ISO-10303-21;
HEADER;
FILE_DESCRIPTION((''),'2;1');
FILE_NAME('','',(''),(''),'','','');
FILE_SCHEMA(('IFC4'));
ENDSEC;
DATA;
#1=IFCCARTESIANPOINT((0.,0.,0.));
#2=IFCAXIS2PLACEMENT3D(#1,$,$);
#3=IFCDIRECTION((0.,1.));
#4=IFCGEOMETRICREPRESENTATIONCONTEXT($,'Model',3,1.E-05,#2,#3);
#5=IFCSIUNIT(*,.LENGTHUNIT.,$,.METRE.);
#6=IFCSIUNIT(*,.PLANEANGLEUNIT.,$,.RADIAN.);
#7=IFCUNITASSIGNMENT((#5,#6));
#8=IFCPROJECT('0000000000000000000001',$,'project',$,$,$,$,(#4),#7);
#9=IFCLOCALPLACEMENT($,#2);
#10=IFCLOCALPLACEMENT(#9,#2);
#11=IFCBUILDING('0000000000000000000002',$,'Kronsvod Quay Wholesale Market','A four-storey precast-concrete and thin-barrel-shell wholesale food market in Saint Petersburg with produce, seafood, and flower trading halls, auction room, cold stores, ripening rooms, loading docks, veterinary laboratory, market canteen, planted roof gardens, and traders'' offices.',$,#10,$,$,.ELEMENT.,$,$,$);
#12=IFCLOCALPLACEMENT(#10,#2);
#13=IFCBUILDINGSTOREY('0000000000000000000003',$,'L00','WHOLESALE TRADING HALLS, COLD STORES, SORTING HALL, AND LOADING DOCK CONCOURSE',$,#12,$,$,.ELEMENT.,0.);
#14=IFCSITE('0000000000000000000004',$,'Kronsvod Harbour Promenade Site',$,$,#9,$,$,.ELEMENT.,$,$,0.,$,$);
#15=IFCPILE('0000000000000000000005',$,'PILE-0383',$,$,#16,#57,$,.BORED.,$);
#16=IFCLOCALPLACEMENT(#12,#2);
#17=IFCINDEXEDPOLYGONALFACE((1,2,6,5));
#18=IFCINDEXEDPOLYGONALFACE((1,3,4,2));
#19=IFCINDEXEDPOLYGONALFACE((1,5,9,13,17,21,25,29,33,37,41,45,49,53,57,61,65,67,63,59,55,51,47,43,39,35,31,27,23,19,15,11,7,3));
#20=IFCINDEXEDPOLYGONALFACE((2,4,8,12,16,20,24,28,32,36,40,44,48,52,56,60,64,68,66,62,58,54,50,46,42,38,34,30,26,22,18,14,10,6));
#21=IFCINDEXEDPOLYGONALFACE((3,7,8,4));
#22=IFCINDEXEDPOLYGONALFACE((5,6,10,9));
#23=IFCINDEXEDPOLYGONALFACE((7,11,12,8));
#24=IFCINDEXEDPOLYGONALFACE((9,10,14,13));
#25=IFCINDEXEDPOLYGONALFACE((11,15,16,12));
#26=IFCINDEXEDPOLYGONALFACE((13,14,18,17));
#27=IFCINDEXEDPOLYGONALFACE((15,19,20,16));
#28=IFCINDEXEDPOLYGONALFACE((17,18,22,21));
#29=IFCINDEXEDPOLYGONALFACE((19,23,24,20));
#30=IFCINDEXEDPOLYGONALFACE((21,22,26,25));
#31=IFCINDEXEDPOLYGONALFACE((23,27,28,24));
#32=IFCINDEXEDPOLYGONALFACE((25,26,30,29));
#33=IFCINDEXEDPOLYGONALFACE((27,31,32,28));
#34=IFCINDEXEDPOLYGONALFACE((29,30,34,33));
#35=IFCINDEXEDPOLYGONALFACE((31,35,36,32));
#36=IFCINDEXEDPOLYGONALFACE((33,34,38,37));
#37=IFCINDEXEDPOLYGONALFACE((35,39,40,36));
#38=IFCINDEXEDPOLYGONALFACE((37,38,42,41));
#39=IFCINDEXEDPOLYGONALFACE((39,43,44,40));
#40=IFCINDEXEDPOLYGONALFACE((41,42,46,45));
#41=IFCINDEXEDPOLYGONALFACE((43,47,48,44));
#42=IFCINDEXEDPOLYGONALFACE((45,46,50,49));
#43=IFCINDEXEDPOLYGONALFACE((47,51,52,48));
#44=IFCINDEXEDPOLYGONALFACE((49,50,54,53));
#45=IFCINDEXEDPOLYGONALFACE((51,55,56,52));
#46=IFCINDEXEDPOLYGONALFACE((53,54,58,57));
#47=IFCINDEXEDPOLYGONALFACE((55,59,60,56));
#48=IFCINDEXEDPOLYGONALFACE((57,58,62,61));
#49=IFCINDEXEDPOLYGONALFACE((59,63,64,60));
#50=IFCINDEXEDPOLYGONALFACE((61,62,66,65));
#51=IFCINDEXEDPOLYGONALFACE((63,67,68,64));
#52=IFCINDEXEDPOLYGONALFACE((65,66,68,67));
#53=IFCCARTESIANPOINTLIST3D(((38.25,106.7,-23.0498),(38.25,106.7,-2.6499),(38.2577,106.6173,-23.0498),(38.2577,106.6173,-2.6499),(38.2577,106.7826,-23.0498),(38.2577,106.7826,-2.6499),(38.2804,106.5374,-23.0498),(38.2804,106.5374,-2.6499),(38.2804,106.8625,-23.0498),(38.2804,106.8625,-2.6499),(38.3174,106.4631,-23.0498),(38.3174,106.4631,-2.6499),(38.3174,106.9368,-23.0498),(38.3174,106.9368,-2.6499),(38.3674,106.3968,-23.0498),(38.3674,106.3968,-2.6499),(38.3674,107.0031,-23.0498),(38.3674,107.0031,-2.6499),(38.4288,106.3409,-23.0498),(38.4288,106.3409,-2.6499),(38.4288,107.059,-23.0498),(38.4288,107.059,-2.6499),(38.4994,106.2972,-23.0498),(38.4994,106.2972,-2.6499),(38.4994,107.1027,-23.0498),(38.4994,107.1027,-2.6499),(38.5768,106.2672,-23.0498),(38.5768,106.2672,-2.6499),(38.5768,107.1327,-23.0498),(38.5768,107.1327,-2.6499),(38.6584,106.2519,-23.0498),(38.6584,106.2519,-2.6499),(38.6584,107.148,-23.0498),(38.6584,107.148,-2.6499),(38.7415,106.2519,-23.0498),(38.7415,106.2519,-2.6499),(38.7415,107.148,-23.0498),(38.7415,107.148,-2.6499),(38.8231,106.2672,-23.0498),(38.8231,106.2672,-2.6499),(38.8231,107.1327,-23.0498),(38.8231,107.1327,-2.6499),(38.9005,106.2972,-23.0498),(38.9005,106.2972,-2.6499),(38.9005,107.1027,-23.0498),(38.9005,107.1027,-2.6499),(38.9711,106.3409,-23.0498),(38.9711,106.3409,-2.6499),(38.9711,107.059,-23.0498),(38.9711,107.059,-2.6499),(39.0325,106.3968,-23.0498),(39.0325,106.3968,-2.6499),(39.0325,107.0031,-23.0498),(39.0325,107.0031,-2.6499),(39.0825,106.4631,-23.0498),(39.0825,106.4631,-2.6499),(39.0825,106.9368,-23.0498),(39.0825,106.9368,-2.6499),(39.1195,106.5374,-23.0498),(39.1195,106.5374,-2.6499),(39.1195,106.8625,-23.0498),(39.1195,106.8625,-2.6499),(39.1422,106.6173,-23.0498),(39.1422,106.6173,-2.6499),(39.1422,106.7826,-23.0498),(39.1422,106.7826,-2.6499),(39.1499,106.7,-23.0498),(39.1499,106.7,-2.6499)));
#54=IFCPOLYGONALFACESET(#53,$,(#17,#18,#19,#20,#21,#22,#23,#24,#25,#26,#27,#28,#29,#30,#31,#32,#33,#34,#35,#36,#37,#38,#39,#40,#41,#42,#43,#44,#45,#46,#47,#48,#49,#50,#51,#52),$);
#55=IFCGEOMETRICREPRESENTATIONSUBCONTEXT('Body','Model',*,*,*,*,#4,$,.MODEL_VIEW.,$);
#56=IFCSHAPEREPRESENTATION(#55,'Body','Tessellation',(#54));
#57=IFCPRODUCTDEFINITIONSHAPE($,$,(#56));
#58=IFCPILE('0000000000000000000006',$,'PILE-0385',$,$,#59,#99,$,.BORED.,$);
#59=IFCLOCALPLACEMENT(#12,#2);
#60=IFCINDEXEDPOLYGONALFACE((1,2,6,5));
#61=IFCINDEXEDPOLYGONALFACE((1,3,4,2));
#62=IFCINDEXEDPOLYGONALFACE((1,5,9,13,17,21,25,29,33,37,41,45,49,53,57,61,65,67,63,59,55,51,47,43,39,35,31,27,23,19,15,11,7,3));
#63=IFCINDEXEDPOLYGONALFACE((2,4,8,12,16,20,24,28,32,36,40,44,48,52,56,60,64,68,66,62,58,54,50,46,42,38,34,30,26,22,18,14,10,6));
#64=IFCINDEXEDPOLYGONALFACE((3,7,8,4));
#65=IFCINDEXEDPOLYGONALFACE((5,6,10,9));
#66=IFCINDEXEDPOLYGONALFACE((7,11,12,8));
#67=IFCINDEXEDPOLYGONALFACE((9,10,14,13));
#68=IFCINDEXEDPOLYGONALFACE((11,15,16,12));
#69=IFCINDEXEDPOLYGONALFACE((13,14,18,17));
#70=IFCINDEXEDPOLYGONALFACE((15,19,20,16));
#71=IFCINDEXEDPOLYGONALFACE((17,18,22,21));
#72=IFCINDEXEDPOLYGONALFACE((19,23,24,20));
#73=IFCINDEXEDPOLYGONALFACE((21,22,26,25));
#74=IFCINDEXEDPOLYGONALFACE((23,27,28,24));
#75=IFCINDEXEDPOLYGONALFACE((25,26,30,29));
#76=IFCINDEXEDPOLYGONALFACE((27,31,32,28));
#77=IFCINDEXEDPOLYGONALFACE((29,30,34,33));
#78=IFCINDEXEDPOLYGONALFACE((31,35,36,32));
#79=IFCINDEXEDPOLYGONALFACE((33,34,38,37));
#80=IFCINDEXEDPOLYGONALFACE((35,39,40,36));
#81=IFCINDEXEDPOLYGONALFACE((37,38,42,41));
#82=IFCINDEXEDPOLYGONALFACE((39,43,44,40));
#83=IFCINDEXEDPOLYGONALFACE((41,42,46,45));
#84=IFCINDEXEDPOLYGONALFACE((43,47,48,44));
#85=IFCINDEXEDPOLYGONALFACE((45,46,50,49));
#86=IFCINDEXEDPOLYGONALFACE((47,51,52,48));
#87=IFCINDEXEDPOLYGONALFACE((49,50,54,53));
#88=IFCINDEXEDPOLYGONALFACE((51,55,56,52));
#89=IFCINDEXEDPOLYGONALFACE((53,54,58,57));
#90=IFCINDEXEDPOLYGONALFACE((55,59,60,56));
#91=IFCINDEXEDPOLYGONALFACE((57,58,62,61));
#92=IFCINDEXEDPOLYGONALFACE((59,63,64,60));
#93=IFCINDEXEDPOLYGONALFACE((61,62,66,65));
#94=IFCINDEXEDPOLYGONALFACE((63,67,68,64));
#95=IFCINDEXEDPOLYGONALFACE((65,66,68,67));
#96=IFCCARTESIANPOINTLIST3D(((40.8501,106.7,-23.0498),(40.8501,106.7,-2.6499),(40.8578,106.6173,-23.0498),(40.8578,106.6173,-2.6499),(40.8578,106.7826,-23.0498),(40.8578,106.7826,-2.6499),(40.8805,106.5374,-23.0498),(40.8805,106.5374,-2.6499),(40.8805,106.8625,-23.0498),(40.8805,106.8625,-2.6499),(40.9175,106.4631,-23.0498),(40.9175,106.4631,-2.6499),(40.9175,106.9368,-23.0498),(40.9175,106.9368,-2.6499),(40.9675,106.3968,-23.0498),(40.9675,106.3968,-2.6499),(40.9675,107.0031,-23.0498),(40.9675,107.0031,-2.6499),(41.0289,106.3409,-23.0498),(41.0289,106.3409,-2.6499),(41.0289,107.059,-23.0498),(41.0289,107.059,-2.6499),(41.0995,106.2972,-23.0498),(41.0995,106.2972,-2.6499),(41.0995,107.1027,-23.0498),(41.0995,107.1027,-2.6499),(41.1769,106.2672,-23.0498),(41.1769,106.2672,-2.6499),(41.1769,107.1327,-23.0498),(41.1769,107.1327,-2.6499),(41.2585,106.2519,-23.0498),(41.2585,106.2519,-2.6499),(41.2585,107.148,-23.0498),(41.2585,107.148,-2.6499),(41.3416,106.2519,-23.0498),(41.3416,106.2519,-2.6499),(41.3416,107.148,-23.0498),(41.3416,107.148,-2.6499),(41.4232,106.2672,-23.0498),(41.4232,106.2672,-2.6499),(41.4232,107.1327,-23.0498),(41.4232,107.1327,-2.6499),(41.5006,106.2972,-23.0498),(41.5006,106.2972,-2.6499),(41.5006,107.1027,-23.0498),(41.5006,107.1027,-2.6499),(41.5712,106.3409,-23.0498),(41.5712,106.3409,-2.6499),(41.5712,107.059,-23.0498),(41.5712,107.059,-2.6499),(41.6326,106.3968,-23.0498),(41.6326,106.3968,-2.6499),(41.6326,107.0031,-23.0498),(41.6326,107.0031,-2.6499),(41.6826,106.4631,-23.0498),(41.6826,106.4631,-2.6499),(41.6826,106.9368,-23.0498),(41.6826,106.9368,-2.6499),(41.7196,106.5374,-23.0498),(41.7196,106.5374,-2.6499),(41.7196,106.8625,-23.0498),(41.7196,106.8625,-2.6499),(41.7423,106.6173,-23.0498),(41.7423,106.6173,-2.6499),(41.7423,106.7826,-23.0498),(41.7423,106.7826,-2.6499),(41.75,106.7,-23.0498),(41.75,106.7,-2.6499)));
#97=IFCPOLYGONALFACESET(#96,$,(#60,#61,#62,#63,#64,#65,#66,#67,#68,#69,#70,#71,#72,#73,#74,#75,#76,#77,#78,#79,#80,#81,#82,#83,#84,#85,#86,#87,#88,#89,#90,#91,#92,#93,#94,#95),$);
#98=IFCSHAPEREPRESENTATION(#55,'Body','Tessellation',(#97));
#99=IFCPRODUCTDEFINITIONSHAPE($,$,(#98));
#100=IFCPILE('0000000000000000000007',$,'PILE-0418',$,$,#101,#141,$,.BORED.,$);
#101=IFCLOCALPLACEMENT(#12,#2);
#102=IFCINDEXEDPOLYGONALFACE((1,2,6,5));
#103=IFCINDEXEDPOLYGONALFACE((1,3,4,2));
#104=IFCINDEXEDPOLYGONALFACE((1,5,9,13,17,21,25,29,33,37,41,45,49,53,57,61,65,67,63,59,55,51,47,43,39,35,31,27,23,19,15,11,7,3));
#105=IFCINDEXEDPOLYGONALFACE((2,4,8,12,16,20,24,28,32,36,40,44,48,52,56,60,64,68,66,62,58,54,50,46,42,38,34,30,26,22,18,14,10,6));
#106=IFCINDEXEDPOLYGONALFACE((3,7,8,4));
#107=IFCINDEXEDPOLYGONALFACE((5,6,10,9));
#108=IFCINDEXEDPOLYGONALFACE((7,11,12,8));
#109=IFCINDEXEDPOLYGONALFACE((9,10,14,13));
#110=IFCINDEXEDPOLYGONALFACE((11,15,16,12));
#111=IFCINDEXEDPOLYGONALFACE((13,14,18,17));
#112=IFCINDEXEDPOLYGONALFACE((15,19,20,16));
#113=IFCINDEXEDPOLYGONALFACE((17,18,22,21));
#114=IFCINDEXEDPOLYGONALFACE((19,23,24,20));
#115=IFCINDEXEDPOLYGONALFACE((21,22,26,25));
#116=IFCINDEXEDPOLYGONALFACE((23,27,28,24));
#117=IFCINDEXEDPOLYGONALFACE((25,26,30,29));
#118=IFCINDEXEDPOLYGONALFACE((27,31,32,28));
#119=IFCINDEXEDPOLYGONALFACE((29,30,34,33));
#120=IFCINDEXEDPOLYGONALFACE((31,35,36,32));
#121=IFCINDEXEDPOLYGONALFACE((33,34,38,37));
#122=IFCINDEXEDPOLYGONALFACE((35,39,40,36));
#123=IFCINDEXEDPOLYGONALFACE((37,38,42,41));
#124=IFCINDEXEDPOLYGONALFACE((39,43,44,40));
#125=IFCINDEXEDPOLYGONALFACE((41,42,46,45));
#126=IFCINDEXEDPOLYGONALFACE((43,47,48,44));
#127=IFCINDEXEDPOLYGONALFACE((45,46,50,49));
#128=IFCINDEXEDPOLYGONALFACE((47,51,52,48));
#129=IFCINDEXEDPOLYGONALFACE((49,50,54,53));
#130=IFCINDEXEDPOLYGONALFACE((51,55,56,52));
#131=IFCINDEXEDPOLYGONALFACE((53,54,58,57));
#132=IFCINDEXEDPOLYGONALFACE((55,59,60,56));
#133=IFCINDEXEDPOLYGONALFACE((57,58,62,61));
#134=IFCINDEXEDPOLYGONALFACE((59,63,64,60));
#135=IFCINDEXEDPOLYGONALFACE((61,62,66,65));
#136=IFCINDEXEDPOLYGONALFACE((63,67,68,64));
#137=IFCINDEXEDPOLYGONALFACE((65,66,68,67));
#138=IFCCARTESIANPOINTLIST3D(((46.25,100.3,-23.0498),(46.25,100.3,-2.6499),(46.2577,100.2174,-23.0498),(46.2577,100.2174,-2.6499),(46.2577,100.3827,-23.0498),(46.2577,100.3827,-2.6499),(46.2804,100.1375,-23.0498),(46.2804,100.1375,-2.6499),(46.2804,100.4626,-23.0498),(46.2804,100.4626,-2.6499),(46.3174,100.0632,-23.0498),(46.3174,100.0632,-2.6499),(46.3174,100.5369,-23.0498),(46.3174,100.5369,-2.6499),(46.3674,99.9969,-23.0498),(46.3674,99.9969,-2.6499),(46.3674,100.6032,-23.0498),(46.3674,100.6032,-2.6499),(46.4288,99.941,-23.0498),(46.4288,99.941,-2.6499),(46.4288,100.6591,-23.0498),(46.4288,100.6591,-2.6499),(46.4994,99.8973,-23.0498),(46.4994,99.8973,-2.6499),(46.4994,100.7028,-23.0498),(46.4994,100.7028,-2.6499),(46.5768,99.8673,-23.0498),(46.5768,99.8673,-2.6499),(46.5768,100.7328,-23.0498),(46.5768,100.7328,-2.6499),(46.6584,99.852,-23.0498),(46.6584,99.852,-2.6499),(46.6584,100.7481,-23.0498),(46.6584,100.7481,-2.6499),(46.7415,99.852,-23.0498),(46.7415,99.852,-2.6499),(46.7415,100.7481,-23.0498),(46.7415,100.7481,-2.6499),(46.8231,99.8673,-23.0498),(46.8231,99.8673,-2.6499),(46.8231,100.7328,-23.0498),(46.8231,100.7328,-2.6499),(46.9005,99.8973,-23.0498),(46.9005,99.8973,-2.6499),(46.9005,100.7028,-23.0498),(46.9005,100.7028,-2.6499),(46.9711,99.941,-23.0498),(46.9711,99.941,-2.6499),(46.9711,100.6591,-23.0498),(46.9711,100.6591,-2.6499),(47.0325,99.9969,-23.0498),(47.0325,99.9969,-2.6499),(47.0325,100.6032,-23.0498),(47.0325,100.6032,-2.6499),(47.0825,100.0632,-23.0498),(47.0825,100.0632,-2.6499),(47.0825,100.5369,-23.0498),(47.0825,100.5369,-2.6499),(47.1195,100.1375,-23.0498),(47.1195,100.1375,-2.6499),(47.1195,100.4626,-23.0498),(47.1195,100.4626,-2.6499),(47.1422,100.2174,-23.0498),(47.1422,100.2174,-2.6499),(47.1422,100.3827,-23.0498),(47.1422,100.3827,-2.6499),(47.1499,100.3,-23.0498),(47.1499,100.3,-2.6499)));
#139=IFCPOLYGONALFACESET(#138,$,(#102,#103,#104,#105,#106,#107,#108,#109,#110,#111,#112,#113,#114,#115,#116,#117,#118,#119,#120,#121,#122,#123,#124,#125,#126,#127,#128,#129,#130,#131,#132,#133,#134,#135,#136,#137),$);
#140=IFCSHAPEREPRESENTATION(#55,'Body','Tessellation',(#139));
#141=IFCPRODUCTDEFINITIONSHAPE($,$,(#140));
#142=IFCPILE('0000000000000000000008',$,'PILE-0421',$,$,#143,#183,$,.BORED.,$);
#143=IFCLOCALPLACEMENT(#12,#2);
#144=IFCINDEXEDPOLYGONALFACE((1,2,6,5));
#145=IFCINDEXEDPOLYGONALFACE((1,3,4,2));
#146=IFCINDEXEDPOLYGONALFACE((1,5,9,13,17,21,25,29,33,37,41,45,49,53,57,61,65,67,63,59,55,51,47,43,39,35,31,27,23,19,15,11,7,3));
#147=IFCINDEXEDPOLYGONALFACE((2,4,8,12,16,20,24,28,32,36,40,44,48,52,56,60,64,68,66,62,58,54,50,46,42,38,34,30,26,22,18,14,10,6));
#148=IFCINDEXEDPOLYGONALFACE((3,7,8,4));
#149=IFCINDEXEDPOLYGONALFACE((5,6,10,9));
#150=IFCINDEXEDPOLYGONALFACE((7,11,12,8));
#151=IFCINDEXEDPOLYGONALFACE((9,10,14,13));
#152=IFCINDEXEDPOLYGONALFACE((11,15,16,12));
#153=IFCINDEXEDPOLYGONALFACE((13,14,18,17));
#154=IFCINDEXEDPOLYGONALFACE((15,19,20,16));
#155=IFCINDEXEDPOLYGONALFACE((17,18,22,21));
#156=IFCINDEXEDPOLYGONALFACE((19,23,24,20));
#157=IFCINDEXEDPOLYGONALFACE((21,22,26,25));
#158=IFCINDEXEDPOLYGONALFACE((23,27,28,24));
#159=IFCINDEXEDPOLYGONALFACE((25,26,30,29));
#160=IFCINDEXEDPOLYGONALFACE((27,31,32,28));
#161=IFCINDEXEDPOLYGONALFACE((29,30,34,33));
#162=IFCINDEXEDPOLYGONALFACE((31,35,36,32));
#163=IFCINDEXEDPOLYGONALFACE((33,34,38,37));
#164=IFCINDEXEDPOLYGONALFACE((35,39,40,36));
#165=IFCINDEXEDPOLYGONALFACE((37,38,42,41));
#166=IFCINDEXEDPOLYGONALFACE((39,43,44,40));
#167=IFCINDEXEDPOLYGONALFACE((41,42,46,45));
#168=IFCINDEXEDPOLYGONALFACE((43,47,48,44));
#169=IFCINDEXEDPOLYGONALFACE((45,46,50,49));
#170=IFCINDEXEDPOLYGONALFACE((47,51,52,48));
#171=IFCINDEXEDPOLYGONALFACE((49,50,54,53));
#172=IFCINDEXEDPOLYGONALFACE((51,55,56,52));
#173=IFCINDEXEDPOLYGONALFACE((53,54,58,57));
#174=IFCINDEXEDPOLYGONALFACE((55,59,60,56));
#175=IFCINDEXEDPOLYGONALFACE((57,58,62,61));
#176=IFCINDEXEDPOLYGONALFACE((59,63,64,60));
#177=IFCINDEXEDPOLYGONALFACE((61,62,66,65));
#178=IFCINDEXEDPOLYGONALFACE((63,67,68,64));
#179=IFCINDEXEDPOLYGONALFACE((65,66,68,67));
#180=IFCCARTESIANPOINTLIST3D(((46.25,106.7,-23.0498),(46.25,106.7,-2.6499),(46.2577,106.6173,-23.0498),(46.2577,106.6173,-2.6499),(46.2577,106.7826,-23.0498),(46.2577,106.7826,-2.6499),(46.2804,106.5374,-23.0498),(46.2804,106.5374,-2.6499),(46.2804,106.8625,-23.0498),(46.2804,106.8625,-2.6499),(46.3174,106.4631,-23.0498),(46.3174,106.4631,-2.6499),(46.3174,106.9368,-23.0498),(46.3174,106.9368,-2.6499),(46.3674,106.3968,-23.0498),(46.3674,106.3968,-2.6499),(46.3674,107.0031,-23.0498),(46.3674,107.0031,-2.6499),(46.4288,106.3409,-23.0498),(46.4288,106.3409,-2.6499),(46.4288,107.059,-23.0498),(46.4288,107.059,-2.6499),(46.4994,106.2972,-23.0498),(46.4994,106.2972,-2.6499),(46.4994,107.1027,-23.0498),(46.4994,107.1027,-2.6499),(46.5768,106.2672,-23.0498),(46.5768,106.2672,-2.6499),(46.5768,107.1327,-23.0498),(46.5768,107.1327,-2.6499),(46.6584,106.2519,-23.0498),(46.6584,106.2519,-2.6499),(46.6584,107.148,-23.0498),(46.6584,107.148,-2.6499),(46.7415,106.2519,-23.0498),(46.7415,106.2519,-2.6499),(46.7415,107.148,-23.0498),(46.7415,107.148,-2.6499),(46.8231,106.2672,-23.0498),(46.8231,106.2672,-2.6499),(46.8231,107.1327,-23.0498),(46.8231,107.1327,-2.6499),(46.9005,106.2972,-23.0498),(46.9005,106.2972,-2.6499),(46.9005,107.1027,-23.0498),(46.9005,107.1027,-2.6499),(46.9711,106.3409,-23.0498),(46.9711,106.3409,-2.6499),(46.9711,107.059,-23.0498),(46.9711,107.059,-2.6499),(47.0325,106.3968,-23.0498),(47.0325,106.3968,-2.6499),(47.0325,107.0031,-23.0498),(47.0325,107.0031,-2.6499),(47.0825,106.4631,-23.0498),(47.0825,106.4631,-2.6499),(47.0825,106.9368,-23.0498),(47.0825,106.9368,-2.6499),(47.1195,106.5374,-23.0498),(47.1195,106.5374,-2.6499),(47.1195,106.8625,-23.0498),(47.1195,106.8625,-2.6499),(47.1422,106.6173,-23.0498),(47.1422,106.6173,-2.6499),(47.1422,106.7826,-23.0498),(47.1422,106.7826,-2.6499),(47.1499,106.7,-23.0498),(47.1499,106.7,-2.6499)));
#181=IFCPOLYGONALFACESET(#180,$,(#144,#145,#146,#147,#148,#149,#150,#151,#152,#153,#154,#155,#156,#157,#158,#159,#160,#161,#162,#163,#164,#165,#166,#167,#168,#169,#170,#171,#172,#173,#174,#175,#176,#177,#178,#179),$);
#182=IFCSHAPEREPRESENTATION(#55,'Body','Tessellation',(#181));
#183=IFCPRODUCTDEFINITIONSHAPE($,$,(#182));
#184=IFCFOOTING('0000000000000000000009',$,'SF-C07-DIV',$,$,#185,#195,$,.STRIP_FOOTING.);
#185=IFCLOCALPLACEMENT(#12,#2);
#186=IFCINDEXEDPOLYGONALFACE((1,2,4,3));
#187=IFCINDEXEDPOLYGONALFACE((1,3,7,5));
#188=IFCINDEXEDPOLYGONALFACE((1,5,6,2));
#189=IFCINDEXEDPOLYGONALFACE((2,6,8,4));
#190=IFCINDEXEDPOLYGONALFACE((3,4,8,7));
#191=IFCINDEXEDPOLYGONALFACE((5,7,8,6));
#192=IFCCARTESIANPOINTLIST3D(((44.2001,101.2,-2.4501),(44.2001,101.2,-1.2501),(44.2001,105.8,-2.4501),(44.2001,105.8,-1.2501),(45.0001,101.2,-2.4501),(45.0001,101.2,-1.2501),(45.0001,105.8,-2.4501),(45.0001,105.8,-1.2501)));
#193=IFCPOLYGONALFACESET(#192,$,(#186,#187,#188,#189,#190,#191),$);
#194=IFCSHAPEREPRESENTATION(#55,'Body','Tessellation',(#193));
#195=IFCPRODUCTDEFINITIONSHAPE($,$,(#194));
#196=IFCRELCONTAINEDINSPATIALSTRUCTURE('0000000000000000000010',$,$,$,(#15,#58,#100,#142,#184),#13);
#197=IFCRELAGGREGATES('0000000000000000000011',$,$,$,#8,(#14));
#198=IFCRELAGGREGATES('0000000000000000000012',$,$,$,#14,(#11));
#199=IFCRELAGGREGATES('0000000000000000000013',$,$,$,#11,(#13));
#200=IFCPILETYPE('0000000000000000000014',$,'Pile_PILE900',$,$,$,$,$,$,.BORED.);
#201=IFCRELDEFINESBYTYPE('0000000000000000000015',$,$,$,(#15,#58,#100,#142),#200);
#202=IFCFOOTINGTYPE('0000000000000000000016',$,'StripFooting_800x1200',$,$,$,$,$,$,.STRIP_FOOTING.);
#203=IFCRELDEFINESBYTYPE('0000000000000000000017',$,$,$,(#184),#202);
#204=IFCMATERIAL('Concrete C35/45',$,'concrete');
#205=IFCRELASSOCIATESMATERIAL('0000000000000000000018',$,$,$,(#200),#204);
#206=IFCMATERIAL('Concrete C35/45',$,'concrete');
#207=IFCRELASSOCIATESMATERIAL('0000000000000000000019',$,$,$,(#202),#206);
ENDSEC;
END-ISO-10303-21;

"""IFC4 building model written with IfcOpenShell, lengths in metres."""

from ifc_helpers import new_model, si_unit, direction, frame, origin, origin_2d, place, context, subcontext, project, spatial, rectangle, circle, extrude, material, material_profile, profile_set, type_object, element, save


model = new_model("IFC4")

# Units and contexts
model_context = context("Model", 3, precision=1e-05, world=origin(), true_north=direction((0.0, 1.0)))
body_context = subcontext(model_context, "Body", "Model", "MODEL_VIEW")
ifc_project = project(units=[si_unit("LENGTHUNIT", "METRE"), si_unit("PLANEANGLEUNIT", "RADIAN")], contexts=[model_context])

# Site, building, storey
site_placement = place(None, origin())
site = spatial("IfcSite", under=ifc_project, at=site_placement, Name="Kronsvod Harbour Promenade Site", CompositionType="ELEMENT", RefElevation=0.0)
building_placement = place(site_placement, origin())
building = spatial("IfcBuilding", under=site, at=building_placement, Name="Kronsvod Quay Wholesale Market", Description="A four-storey precast-concrete and thin-barrel-shell wholesale food market in Saint Petersburg with produce, seafood, and flower trading halls, auction room, cold stores, ripening rooms, loading docks, veterinary laboratory, market canteen, planted roof gardens, and traders' offices.", CompositionType="ELEMENT")
storey_placement = place(building_placement, origin())
storey = spatial("IfcBuildingStorey", under=building, at=storey_placement, Name="L00", Description="WHOLESALE TRADING HALLS, COLD STORES, SORTING HALL, AND LOADING DOCK CONCOURSE", CompositionType="ELEMENT", Elevation=0.0)

# Piles
ifc_material_1 = material(Name="Concrete C35/45", Category="concrete")
ifc_material_profile_1 = material_profile(ifc_material_1, circle(Radius=0.45, at=origin_2d()), Name="PILE900")
ifc_profile_set_1 = profile_set([ifc_material_profile_1], Name="Concrete C35/45")
pile_type = type_object("IfcPileType", Name="Pile_PILE900", PredefinedType="BORED", material=ifc_profile_set_1)
for number, where, z_axis, x_axis, name in (
    (1, (38.7, 106.7, -2.6499), (0.0, 0.0, -1.0), (1.0, 0.0, 0.0), "PILE-0383"),
    (2, (41.3, 106.7, -2.6499), (0.0, 0.0, -1.0), (1.0, 0.0, 0.0), "PILE-0385"),
    (3, (46.7, 100.3, -2.6499), (0.0, 0.0, -1.0), (1.0, 0.0, 0.0), "PILE-0418"),
    (4, (46.7, 106.7, -2.6499), (0.0, 0.0, -1.0), (1.0, 0.0, 0.0), "PILE-0421"),
):
    element("IfcPile", number, at=place(storey_placement, frame(where, z_axis=z_axis, x_axis=x_axis)), inside=storey, type_object=pile_type, Name=name, PredefinedType="BORED", context=body_context, shape_type="SweptSolid", body=[
        extrude(circle(Radius=0.45, at=origin_2d()), origin(), (0.0, 0.0, 1.0), 20.3999),
    ])

# Footing
ifc_material_2 = material(Name="Concrete C35/45", Category="concrete")
ifc_material_profile_2 = material_profile(ifc_material_2, rectangle(XDim=0.8, YDim=1.2, at=origin_2d()), Name="SF-01")
ifc_profile_set_2 = profile_set([ifc_material_profile_2], Name="Concrete C35/45")
footing_type_1 = type_object("IfcFootingType", Name="StripFooting_800x1200", PredefinedType="STRIP_FOOTING", material=ifc_profile_set_2)
footing_1_placement = place(storey_placement, frame((44.6001, 101.2, -1.8501), z_axis=(0.0, 1.0, 0.0), x_axis=(-1.0, 0.0, 0.0)))
element("IfcFooting", 5, at=footing_1_placement, inside=storey, type_object=footing_type_1, Name="SF-C07-DIV", PredefinedType="STRIP_FOOTING", context=body_context, shape_type="SweptSolid", body=[
    extrude(rectangle(XDim=0.8, YDim=1.2, at=origin_2d()), origin(), (0.0, 0.0, 1.0), 4.6001),
])

save(model, "model.ifc")
